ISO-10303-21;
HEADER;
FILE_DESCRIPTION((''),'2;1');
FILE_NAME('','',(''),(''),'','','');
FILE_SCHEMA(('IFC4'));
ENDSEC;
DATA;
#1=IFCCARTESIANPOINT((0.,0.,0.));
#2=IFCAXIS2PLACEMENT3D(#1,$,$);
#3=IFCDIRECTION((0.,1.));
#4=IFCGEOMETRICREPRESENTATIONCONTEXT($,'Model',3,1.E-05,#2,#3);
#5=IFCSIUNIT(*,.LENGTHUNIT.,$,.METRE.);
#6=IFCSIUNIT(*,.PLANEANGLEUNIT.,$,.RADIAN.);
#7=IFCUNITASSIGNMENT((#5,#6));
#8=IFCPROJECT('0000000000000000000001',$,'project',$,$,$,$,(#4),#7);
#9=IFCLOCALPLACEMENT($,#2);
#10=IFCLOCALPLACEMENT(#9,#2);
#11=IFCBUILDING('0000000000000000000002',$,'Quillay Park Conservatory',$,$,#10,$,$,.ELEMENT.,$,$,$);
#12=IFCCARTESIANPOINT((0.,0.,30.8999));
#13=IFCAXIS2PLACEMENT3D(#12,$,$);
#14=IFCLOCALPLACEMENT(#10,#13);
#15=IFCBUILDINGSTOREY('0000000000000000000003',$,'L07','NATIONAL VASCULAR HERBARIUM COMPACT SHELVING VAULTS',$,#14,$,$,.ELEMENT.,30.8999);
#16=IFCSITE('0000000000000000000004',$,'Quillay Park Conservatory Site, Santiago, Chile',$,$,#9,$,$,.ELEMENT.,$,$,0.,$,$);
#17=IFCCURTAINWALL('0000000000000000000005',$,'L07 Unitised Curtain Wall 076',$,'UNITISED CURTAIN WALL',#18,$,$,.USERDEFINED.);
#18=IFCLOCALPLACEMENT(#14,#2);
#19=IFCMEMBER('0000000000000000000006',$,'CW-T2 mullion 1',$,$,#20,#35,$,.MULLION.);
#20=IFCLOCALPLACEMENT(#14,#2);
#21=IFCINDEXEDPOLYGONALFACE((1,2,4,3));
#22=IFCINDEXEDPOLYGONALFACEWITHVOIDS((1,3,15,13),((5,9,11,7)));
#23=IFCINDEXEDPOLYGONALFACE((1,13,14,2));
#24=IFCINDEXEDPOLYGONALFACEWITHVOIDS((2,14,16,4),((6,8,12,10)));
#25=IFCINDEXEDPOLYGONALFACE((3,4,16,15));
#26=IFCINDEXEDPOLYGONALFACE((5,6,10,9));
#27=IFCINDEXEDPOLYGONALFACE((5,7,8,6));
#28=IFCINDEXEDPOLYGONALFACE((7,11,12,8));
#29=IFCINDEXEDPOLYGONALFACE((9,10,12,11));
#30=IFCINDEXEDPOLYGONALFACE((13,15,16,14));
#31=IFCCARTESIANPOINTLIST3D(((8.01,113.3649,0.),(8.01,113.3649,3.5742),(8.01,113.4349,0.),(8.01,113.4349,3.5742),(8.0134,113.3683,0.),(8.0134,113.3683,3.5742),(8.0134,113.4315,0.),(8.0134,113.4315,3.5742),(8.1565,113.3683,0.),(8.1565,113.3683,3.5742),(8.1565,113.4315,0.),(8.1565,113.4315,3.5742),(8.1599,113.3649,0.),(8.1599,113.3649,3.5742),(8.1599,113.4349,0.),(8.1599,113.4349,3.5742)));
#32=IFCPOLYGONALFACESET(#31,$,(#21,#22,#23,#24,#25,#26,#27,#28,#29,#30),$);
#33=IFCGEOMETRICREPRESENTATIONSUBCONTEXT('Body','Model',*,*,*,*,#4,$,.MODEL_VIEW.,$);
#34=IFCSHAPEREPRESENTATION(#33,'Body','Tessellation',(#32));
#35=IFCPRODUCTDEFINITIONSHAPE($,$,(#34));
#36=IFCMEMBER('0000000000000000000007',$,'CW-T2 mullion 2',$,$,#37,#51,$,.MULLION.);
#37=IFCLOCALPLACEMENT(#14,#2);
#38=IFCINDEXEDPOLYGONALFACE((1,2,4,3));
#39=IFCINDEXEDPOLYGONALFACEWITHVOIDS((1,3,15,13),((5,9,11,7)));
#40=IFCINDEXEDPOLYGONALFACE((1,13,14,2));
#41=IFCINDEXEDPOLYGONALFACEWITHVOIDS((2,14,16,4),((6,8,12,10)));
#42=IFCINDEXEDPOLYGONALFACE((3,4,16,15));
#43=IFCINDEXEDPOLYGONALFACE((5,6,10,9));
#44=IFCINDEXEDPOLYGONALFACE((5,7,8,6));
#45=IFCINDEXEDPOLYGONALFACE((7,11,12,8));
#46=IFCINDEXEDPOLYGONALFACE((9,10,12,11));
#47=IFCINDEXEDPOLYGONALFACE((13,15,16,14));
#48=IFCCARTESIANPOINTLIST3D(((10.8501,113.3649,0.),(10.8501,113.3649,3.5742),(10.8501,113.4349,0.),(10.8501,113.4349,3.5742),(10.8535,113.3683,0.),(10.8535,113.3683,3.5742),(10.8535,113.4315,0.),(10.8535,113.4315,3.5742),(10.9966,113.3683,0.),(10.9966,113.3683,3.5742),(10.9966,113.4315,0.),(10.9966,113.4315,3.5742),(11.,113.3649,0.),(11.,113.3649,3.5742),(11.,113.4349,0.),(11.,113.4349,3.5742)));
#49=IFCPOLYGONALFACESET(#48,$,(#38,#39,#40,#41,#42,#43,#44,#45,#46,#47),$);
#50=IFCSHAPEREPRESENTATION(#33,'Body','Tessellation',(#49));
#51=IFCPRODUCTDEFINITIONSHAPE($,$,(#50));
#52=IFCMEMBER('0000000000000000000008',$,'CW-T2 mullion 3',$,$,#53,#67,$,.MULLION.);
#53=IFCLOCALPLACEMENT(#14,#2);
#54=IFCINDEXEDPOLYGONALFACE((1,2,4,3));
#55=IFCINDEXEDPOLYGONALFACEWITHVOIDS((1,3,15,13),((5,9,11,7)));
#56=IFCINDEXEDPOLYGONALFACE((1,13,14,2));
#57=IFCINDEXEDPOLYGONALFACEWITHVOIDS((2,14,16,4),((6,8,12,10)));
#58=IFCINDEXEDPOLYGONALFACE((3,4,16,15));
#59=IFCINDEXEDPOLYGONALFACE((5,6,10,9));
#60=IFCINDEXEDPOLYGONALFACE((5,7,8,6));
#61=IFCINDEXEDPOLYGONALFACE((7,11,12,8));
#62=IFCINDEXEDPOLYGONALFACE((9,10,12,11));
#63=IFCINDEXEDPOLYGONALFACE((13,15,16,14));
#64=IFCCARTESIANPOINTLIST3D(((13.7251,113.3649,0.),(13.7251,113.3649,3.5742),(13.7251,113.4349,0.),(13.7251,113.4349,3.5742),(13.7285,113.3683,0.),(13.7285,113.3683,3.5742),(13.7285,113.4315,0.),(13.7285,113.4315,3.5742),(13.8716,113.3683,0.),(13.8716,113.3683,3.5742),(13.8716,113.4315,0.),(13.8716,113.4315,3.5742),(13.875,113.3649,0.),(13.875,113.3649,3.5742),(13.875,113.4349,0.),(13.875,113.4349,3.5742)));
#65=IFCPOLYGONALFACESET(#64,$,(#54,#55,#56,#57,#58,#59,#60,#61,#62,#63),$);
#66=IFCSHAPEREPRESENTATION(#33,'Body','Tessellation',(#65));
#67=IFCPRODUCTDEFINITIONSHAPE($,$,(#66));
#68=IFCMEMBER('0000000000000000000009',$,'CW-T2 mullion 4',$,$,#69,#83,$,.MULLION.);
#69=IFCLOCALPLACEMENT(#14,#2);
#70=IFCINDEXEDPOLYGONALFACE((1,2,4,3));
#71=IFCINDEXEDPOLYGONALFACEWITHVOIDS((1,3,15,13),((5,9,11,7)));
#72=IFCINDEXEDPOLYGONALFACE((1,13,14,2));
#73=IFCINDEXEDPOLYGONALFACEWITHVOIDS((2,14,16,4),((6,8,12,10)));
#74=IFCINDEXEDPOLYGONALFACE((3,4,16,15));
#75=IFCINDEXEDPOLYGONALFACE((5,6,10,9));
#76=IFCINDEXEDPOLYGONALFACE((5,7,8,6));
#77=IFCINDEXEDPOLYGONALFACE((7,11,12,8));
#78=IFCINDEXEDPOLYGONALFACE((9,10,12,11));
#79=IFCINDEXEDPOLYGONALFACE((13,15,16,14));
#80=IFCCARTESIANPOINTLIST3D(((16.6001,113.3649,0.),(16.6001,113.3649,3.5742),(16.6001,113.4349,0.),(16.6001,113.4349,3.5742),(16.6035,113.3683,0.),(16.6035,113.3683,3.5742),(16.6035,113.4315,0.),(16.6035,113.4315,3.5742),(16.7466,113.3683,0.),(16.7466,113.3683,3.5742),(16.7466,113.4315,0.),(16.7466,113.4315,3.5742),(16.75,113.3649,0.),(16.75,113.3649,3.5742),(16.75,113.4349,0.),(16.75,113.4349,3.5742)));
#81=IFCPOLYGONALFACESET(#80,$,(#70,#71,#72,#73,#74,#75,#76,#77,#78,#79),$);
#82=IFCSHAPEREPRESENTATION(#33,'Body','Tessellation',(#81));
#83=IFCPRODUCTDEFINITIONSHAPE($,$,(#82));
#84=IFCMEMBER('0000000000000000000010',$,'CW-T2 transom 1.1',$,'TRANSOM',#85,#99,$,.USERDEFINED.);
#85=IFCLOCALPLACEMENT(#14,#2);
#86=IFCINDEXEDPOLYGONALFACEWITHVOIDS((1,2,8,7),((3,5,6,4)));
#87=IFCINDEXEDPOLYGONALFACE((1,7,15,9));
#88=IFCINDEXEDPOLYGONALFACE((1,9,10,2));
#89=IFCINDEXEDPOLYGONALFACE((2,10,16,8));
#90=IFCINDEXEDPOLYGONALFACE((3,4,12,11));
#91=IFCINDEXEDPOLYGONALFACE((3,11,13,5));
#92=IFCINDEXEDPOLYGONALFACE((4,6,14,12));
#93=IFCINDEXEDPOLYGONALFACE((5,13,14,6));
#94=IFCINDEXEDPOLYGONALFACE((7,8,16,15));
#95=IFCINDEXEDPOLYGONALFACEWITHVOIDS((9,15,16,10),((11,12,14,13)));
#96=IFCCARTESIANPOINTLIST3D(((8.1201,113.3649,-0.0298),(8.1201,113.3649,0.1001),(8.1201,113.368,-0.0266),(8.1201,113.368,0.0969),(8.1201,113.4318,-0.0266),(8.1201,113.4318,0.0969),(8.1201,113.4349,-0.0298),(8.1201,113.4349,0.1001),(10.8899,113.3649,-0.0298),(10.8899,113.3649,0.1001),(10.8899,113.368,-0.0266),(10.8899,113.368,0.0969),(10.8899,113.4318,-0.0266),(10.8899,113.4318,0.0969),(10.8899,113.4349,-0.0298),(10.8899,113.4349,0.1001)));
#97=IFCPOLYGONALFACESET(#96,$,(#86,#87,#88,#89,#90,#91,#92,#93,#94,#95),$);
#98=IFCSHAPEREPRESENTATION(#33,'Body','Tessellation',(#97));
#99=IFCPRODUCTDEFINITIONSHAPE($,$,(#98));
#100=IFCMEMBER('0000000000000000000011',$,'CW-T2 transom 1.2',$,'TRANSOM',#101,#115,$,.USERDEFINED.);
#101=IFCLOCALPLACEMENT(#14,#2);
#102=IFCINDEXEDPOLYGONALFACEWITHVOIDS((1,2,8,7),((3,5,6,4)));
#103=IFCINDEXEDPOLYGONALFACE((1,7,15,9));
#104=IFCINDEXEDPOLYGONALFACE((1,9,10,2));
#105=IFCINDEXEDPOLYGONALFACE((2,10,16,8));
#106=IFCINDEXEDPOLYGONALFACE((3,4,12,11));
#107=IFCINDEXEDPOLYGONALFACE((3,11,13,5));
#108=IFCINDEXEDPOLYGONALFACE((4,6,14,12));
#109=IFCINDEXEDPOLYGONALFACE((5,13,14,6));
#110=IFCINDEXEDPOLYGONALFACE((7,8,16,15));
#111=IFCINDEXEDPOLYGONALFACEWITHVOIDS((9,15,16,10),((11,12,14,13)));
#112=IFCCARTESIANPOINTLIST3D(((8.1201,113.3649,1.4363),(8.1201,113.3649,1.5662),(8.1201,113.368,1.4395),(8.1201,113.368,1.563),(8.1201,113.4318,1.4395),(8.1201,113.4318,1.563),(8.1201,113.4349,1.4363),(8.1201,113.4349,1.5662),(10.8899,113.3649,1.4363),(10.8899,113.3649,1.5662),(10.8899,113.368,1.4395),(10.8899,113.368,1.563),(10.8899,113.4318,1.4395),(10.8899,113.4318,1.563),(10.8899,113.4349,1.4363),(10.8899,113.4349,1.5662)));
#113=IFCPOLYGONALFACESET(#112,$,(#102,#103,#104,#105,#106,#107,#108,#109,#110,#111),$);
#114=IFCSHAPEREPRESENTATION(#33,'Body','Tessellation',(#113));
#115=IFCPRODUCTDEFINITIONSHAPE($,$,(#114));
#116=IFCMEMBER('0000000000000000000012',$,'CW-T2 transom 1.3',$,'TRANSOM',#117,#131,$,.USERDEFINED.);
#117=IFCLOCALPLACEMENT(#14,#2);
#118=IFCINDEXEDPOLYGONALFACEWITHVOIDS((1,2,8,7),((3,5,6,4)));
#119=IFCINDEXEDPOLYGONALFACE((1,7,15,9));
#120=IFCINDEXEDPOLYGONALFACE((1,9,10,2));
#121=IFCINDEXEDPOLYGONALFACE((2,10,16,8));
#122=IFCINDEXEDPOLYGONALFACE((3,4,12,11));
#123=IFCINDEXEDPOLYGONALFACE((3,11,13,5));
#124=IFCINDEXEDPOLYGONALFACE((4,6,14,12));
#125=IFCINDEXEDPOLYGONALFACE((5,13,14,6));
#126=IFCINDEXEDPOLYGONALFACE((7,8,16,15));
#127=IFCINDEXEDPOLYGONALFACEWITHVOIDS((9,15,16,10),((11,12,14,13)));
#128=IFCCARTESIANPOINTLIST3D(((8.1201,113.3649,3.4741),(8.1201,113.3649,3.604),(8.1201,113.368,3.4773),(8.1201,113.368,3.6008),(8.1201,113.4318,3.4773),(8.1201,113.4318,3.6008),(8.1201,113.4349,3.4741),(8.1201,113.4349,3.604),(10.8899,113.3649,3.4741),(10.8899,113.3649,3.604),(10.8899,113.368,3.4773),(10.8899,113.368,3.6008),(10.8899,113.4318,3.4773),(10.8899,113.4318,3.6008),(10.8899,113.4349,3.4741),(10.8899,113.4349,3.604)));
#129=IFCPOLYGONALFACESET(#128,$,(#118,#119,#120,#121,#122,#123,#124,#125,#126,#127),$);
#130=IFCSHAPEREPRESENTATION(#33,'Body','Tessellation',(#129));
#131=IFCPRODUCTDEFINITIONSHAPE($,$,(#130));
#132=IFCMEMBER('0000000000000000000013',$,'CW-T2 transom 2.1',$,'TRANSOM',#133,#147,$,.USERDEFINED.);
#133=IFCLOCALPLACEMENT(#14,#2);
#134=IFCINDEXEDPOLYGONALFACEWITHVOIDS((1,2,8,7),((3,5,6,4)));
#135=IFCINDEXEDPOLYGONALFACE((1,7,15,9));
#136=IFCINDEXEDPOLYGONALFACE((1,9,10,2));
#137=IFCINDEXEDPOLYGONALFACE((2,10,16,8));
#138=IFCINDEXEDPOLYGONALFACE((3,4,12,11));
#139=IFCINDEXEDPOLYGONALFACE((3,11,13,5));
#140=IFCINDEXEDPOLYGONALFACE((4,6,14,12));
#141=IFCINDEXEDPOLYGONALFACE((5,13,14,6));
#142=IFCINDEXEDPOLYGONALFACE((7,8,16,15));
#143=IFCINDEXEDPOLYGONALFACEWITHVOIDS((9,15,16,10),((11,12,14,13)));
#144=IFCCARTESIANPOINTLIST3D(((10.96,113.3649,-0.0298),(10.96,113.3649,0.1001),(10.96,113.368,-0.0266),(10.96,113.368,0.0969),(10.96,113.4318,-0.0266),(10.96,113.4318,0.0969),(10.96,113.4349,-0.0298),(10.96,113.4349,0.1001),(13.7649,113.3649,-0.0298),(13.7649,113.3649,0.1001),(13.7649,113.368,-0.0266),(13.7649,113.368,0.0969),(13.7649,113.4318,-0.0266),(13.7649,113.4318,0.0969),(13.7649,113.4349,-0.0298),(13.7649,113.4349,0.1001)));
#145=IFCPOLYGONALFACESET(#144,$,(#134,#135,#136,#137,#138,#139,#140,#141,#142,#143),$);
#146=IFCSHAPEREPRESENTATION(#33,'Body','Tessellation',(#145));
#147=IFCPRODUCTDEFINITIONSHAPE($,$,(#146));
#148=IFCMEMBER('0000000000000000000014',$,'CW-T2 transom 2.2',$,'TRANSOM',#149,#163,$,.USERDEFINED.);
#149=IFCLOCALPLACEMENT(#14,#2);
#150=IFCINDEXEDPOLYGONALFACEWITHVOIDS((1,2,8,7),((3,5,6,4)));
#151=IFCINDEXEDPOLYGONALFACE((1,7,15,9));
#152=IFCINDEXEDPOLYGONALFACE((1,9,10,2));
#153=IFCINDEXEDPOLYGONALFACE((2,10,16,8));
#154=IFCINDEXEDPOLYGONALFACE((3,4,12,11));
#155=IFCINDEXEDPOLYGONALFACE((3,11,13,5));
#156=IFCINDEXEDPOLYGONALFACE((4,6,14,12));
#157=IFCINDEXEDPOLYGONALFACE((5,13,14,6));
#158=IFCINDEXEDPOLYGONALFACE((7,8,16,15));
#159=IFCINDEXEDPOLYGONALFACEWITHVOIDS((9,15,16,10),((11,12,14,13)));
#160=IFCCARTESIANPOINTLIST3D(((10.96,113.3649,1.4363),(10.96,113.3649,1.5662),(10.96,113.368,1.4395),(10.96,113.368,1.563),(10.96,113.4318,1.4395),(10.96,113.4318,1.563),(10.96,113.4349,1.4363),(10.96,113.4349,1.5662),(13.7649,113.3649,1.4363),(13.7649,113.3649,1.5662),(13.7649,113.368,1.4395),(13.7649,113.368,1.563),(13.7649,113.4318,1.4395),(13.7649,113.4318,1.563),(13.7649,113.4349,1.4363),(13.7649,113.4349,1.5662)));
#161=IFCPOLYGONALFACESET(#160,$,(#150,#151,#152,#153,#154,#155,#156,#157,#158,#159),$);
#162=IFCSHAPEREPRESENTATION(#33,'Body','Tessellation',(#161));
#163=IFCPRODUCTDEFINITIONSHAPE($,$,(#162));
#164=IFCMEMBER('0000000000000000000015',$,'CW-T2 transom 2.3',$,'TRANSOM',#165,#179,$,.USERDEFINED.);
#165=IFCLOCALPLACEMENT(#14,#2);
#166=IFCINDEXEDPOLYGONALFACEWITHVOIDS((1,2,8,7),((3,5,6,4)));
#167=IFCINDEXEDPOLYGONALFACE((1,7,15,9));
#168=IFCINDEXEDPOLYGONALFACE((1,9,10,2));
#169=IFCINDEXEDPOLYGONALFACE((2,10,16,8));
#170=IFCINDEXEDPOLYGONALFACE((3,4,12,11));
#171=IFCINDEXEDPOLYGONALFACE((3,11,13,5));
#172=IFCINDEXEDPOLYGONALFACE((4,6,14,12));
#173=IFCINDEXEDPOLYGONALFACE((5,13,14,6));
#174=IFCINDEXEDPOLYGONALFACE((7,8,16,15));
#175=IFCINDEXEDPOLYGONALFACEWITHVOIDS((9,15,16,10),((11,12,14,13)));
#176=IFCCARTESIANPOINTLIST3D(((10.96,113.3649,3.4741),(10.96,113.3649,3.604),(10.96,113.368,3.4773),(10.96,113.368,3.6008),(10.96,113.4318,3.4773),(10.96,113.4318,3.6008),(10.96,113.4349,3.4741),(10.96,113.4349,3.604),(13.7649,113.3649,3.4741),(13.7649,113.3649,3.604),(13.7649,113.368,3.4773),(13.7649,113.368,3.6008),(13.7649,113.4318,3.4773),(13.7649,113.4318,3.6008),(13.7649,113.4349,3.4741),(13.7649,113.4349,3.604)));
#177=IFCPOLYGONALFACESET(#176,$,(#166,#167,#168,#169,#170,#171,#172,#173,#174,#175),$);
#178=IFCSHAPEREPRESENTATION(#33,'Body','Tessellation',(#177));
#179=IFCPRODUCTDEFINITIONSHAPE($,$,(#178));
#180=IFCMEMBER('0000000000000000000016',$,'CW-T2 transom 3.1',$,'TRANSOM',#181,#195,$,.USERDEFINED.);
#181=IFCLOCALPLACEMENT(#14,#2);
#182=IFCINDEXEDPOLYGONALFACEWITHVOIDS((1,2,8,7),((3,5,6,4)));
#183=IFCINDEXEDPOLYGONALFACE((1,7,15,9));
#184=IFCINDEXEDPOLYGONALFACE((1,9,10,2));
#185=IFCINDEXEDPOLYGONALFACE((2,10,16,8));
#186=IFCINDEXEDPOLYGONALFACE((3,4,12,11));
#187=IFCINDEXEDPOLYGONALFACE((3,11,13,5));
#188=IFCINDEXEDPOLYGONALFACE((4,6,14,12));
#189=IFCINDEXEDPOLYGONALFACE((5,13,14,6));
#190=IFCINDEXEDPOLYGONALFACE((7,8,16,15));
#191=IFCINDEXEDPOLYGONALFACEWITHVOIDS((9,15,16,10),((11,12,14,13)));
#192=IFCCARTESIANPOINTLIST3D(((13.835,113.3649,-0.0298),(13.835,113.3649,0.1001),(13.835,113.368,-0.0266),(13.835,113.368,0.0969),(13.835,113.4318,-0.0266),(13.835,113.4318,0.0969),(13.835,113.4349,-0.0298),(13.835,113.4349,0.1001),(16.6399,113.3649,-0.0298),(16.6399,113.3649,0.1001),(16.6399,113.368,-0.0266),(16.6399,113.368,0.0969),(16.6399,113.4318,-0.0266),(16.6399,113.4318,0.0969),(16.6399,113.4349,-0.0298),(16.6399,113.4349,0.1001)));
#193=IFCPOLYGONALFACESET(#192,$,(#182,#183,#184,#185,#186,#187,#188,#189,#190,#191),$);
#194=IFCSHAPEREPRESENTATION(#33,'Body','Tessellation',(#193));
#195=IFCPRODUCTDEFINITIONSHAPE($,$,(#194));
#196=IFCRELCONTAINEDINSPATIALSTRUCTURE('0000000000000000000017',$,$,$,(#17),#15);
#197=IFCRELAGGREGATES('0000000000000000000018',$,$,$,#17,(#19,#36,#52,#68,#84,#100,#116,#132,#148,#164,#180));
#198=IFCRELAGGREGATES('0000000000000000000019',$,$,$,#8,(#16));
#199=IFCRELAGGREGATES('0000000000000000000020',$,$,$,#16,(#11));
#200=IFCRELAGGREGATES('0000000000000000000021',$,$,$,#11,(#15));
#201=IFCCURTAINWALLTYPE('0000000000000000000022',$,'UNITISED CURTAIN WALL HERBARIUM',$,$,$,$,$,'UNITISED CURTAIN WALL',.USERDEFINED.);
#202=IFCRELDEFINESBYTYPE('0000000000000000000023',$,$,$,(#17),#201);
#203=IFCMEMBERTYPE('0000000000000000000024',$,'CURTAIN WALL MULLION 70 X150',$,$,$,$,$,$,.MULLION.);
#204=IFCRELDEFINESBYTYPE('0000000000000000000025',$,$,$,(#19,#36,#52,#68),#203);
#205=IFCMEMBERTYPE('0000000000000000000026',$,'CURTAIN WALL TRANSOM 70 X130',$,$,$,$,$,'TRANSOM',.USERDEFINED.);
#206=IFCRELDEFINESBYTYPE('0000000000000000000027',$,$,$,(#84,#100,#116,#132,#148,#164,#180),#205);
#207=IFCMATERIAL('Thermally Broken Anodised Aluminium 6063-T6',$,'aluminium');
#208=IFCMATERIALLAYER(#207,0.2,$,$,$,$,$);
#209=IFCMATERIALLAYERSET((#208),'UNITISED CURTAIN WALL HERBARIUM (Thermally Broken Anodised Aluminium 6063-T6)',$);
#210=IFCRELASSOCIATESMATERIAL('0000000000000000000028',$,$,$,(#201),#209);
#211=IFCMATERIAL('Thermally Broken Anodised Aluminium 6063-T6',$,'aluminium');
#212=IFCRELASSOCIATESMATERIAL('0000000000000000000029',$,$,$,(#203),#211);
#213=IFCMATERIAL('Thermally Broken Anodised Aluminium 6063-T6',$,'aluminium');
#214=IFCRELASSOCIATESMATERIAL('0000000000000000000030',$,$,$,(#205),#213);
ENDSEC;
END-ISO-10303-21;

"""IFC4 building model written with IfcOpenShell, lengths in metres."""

from ifc_helpers import new_model, si_unit, direction, frame, origin, origin_2d, place, context, subcontext, project, spatial, hollow_rectangle, extrude, material, layer, layer_set, material_profile, profile_set, type_object, element, aggregate, save


model = new_model("IFC4")

# Units and contexts
model_context = context("Model", 3, precision=1e-05, world=origin(), true_north=direction((0.0, 1.0)))
body_context = subcontext(model_context, "Body", "Model", "MODEL_VIEW")
ifc_project = project(units=[si_unit("LENGTHUNIT", "METRE"), si_unit("PLANEANGLEUNIT", "RADIAN")], contexts=[model_context])

# Site, building, storey
site_placement = place(None, origin())
site = spatial("IfcSite", under=ifc_project, at=site_placement, Name="Quillay Park Conservatory Site, Santiago, Chile", CompositionType="ELEMENT", RefElevation=0.0)
building_placement = place(site_placement, origin())
building = spatial("IfcBuilding", under=site, at=building_placement, Name="Quillay Park Conservatory", CompositionType="ELEMENT")
storey_placement = place(building_placement, frame((0.0, 0.0, 30.8999)))
storey = spatial("IfcBuildingStorey", under=building, at=storey_placement, Name="L07", Description="NATIONAL VASCULAR HERBARIUM COMPACT SHELVING VAULTS", CompositionType="ELEMENT", Elevation=30.8999)

# Curtain wall, members
ifc_material_1 = material(Name="Thermally Broken Anodised Aluminium 6063-T6", Category="aluminium")
ifc_layer_1 = layer(ifc_material_1, 0.2)
ifc_layer_set_1 = layer_set([ifc_layer_1], Name="UNITISED CURTAIN WALL HERBARIUM (Thermally Broken Anodised Aluminium 6063-T6)")
curtain_wall_type = type_object("IfcCurtainWallType", Name="UNITISED CURTAIN WALL HERBARIUM", ElementType="UNITISED CURTAIN WALL", PredefinedType="USERDEFINED", material=ifc_layer_set_1)
curtain_wall_placement = place(storey_placement, origin())
curtain_wall = element("IfcCurtainWall", 1, at=curtain_wall_placement, inside=storey, type_object=curtain_wall_type, Name="L07 Unitised Curtain Wall 076", ObjectType="UNITISED CURTAIN WALL", PredefinedType="USERDEFINED")
ifc_material_2 = material(Name="Thermally Broken Anodised Aluminium 6063-T6", Category="aluminium")
ifc_material_profile_1 = material_profile(ifc_material_2, hollow_rectangle(XDim=0.0701, YDim=0.1499, WallThickness=0.0034, at=origin_2d()), Name="AL70x150x3.5")
ifc_profile_set_1 = profile_set([ifc_material_profile_1], Name="Thermally Broken Anodised Aluminium 6063-T6")
member_type_1 = type_object("IfcMemberType", Name="CURTAIN WALL MULLION 70 X150", PredefinedType="MULLION", material=ifc_profile_set_1)
member_1_placement = place(storey_placement, frame((8.085, 113.3999, 0.0), z_axis=(0.0, 0.0, 1.0), x_axis=(0.0, 1.0, 0.0)))
member_1 = element("IfcMember", 2, at=member_1_placement, type_object=member_type_1, Name="CW-T2 mullion 1", PredefinedType="MULLION", context=body_context, shape_type="SweptSolid", body=[
    extrude(hollow_rectangle(XDim=0.0701, YDim=0.1499, WallThickness=0.0034, at=origin_2d()), origin(), (0.0, 0.0, 1.0), 3.5742),
])
member_2_placement = place(storey_placement, frame((10.925, 113.3999, 0.0), z_axis=(0.0, 0.0, 1.0), x_axis=(0.0, 1.0, 0.0)))
member_2 = element("IfcMember", 3, at=member_2_placement, type_object=member_type_1, Name="CW-T2 mullion 2", PredefinedType="MULLION", context=body_context, shape_type="SweptSolid", body=[
    extrude(hollow_rectangle(XDim=0.0701, YDim=0.1499, WallThickness=0.0034, at=origin_2d()), origin(), (0.0, 0.0, 1.0), 3.5742),
])
member_3_placement = place(storey_placement, frame((13.8, 113.3999, 0.0), z_axis=(0.0, 0.0, 1.0), x_axis=(0.0, 1.0, 0.0)))
member_3 = element("IfcMember", 4, at=member_3_placement, type_object=member_type_1, Name="CW-T2 mullion 3", PredefinedType="MULLION", context=body_context, shape_type="SweptSolid", body=[
    extrude(hollow_rectangle(XDim=0.0701, YDim=0.1499, WallThickness=0.0034, at=origin_2d()), origin(), (0.0, 0.0, 1.0), 3.5742),
])
member_4_placement = place(storey_placement, frame((16.675, 113.3999, 0.0), z_axis=(0.0, 0.0, 1.0), x_axis=(0.0, 1.0, 0.0)))
member_4 = element("IfcMember", 5, at=member_4_placement, type_object=member_type_1, Name="CW-T2 mullion 4", PredefinedType="MULLION", context=body_context, shape_type="SweptSolid", body=[
    extrude(hollow_rectangle(XDim=0.0701, YDim=0.1499, WallThickness=0.0034, at=origin_2d()), origin(), (0.0, 0.0, 1.0), 3.5742),
])
ifc_material_3 = material(Name="Thermally Broken Anodised Aluminium 6063-T6", Category="aluminium")
ifc_material_profile_2 = material_profile(ifc_material_3, hollow_rectangle(XDim=0.0701, YDim=0.1299, WallThickness=0.0032, at=origin_2d()), Name="AL70x130x3.2")
ifc_profile_set_2 = profile_set([ifc_material_profile_2], Name="Thermally Broken Anodised Aluminium 6063-T6")
member_type_2 = type_object("IfcMemberType", Name="CURTAIN WALL TRANSOM 70 X130", ElementType="TRANSOM", PredefinedType="USERDEFINED", material=ifc_profile_set_2)
member_5_placement = place(storey_placement, frame((8.1201, 113.3999, 0.0352), z_axis=(1.0, 0.0, 0.0), x_axis=(0.0, 1.0, 0.0)))
member_5 = element("IfcMember", 6, at=member_5_placement, type_object=member_type_2, Name="CW-T2 transom 1.1", ObjectType="TRANSOM", PredefinedType="USERDEFINED", context=body_context, shape_type="SweptSolid", body=[
    extrude(hollow_rectangle(XDim=0.0701, YDim=0.1299, WallThickness=0.0032, at=origin_2d()), origin(), (0.0, 0.0, 1.0), 2.7698),
])
member_6_placement = place(storey_placement, frame((8.1201, 113.3999, 1.5012), z_axis=(1.0, 0.0, 0.0), x_axis=(0.0, 1.0, 0.0)))
member_6 = element("IfcMember", 7, at=member_6_placement, type_object=member_type_2, Name="CW-T2 transom 1.2", ObjectType="TRANSOM", PredefinedType="USERDEFINED", context=body_context, shape_type="SweptSolid", body=[
    extrude(hollow_rectangle(XDim=0.0701, YDim=0.1299, WallThickness=0.0032, at=origin_2d()), origin(), (0.0, 0.0, 1.0), 2.7698),
])
member_7_placement = place(storey_placement, frame((8.1201, 113.3999, 3.5391), z_axis=(1.0, 0.0, 0.0), x_axis=(0.0, 1.0, 0.0)))
member_7 = element("IfcMember", 8, at=member_7_placement, type_object=member_type_2, Name="CW-T2 transom 1.3", ObjectType="TRANSOM", PredefinedType="USERDEFINED", context=body_context, shape_type="SweptSolid", body=[
    extrude(hollow_rectangle(XDim=0.0701, YDim=0.1299, WallThickness=0.0032, at=origin_2d()), origin(), (0.0, 0.0, 1.0), 2.7698),
])
member_8_placement = place(storey_placement, frame((10.96, 113.3999, 0.0352), z_axis=(1.0, 0.0, 0.0), x_axis=(0.0, 1.0, 0.0)))
member_8 = element("IfcMember", 9, at=member_8_placement, type_object=member_type_2, Name="CW-T2 transom 2.1", ObjectType="TRANSOM", PredefinedType="USERDEFINED", context=body_context, shape_type="SweptSolid", body=[
    extrude(hollow_rectangle(XDim=0.0701, YDim=0.1299, WallThickness=0.0032, at=origin_2d()), origin(), (0.0, 0.0, 1.0), 2.8049),
])
member_9_placement = place(storey_placement, frame((10.96, 113.3999, 1.5012), z_axis=(1.0, 0.0, 0.0), x_axis=(0.0, 1.0, 0.0)))
member_9 = element("IfcMember", 10, at=member_9_placement, type_object=member_type_2, Name="CW-T2 transom 2.2", ObjectType="TRANSOM", PredefinedType="USERDEFINED", context=body_context, shape_type="SweptSolid", body=[
    extrude(hollow_rectangle(XDim=0.0701, YDim=0.1299, WallThickness=0.0032, at=origin_2d()), origin(), (0.0, 0.0, 1.0), 2.8049),
])
member_10_placement = place(storey_placement, frame((10.96, 113.3999, 3.5391), z_axis=(1.0, 0.0, 0.0), x_axis=(0.0, 1.0, 0.0)))
member_10 = element("IfcMember", 11, at=member_10_placement, type_object=member_type_2, Name="CW-T2 transom 2.3", ObjectType="TRANSOM", PredefinedType="USERDEFINED", context=body_context, shape_type="SweptSolid", body=[
    extrude(hollow_rectangle(XDim=0.0701, YDim=0.1299, WallThickness=0.0032, at=origin_2d()), origin(), (0.0, 0.0, 1.0), 2.8049),
])
member_11_placement = place(storey_placement, frame((13.835, 113.3999, 0.0352), z_axis=(1.0, 0.0, 0.0), x_axis=(0.0, 1.0, 0.0)))
member_11 = element("IfcMember", 12, at=member_11_placement, type_object=member_type_2, Name="CW-T2 transom 3.1", ObjectType="TRANSOM", PredefinedType="USERDEFINED", context=body_context, shape_type="SweptSolid", body=[
    extrude(hollow_rectangle(XDim=0.0701, YDim=0.1299, WallThickness=0.0032, at=origin_2d()), origin(), (0.0, 0.0, 1.0), 2.8049),
])

aggregate(curtain_wall, [member_1, member_2, member_3, member_4, member_5, member_6, member_7, member_8, member_9, member_10, member_11])

save(model, "model.ifc")
